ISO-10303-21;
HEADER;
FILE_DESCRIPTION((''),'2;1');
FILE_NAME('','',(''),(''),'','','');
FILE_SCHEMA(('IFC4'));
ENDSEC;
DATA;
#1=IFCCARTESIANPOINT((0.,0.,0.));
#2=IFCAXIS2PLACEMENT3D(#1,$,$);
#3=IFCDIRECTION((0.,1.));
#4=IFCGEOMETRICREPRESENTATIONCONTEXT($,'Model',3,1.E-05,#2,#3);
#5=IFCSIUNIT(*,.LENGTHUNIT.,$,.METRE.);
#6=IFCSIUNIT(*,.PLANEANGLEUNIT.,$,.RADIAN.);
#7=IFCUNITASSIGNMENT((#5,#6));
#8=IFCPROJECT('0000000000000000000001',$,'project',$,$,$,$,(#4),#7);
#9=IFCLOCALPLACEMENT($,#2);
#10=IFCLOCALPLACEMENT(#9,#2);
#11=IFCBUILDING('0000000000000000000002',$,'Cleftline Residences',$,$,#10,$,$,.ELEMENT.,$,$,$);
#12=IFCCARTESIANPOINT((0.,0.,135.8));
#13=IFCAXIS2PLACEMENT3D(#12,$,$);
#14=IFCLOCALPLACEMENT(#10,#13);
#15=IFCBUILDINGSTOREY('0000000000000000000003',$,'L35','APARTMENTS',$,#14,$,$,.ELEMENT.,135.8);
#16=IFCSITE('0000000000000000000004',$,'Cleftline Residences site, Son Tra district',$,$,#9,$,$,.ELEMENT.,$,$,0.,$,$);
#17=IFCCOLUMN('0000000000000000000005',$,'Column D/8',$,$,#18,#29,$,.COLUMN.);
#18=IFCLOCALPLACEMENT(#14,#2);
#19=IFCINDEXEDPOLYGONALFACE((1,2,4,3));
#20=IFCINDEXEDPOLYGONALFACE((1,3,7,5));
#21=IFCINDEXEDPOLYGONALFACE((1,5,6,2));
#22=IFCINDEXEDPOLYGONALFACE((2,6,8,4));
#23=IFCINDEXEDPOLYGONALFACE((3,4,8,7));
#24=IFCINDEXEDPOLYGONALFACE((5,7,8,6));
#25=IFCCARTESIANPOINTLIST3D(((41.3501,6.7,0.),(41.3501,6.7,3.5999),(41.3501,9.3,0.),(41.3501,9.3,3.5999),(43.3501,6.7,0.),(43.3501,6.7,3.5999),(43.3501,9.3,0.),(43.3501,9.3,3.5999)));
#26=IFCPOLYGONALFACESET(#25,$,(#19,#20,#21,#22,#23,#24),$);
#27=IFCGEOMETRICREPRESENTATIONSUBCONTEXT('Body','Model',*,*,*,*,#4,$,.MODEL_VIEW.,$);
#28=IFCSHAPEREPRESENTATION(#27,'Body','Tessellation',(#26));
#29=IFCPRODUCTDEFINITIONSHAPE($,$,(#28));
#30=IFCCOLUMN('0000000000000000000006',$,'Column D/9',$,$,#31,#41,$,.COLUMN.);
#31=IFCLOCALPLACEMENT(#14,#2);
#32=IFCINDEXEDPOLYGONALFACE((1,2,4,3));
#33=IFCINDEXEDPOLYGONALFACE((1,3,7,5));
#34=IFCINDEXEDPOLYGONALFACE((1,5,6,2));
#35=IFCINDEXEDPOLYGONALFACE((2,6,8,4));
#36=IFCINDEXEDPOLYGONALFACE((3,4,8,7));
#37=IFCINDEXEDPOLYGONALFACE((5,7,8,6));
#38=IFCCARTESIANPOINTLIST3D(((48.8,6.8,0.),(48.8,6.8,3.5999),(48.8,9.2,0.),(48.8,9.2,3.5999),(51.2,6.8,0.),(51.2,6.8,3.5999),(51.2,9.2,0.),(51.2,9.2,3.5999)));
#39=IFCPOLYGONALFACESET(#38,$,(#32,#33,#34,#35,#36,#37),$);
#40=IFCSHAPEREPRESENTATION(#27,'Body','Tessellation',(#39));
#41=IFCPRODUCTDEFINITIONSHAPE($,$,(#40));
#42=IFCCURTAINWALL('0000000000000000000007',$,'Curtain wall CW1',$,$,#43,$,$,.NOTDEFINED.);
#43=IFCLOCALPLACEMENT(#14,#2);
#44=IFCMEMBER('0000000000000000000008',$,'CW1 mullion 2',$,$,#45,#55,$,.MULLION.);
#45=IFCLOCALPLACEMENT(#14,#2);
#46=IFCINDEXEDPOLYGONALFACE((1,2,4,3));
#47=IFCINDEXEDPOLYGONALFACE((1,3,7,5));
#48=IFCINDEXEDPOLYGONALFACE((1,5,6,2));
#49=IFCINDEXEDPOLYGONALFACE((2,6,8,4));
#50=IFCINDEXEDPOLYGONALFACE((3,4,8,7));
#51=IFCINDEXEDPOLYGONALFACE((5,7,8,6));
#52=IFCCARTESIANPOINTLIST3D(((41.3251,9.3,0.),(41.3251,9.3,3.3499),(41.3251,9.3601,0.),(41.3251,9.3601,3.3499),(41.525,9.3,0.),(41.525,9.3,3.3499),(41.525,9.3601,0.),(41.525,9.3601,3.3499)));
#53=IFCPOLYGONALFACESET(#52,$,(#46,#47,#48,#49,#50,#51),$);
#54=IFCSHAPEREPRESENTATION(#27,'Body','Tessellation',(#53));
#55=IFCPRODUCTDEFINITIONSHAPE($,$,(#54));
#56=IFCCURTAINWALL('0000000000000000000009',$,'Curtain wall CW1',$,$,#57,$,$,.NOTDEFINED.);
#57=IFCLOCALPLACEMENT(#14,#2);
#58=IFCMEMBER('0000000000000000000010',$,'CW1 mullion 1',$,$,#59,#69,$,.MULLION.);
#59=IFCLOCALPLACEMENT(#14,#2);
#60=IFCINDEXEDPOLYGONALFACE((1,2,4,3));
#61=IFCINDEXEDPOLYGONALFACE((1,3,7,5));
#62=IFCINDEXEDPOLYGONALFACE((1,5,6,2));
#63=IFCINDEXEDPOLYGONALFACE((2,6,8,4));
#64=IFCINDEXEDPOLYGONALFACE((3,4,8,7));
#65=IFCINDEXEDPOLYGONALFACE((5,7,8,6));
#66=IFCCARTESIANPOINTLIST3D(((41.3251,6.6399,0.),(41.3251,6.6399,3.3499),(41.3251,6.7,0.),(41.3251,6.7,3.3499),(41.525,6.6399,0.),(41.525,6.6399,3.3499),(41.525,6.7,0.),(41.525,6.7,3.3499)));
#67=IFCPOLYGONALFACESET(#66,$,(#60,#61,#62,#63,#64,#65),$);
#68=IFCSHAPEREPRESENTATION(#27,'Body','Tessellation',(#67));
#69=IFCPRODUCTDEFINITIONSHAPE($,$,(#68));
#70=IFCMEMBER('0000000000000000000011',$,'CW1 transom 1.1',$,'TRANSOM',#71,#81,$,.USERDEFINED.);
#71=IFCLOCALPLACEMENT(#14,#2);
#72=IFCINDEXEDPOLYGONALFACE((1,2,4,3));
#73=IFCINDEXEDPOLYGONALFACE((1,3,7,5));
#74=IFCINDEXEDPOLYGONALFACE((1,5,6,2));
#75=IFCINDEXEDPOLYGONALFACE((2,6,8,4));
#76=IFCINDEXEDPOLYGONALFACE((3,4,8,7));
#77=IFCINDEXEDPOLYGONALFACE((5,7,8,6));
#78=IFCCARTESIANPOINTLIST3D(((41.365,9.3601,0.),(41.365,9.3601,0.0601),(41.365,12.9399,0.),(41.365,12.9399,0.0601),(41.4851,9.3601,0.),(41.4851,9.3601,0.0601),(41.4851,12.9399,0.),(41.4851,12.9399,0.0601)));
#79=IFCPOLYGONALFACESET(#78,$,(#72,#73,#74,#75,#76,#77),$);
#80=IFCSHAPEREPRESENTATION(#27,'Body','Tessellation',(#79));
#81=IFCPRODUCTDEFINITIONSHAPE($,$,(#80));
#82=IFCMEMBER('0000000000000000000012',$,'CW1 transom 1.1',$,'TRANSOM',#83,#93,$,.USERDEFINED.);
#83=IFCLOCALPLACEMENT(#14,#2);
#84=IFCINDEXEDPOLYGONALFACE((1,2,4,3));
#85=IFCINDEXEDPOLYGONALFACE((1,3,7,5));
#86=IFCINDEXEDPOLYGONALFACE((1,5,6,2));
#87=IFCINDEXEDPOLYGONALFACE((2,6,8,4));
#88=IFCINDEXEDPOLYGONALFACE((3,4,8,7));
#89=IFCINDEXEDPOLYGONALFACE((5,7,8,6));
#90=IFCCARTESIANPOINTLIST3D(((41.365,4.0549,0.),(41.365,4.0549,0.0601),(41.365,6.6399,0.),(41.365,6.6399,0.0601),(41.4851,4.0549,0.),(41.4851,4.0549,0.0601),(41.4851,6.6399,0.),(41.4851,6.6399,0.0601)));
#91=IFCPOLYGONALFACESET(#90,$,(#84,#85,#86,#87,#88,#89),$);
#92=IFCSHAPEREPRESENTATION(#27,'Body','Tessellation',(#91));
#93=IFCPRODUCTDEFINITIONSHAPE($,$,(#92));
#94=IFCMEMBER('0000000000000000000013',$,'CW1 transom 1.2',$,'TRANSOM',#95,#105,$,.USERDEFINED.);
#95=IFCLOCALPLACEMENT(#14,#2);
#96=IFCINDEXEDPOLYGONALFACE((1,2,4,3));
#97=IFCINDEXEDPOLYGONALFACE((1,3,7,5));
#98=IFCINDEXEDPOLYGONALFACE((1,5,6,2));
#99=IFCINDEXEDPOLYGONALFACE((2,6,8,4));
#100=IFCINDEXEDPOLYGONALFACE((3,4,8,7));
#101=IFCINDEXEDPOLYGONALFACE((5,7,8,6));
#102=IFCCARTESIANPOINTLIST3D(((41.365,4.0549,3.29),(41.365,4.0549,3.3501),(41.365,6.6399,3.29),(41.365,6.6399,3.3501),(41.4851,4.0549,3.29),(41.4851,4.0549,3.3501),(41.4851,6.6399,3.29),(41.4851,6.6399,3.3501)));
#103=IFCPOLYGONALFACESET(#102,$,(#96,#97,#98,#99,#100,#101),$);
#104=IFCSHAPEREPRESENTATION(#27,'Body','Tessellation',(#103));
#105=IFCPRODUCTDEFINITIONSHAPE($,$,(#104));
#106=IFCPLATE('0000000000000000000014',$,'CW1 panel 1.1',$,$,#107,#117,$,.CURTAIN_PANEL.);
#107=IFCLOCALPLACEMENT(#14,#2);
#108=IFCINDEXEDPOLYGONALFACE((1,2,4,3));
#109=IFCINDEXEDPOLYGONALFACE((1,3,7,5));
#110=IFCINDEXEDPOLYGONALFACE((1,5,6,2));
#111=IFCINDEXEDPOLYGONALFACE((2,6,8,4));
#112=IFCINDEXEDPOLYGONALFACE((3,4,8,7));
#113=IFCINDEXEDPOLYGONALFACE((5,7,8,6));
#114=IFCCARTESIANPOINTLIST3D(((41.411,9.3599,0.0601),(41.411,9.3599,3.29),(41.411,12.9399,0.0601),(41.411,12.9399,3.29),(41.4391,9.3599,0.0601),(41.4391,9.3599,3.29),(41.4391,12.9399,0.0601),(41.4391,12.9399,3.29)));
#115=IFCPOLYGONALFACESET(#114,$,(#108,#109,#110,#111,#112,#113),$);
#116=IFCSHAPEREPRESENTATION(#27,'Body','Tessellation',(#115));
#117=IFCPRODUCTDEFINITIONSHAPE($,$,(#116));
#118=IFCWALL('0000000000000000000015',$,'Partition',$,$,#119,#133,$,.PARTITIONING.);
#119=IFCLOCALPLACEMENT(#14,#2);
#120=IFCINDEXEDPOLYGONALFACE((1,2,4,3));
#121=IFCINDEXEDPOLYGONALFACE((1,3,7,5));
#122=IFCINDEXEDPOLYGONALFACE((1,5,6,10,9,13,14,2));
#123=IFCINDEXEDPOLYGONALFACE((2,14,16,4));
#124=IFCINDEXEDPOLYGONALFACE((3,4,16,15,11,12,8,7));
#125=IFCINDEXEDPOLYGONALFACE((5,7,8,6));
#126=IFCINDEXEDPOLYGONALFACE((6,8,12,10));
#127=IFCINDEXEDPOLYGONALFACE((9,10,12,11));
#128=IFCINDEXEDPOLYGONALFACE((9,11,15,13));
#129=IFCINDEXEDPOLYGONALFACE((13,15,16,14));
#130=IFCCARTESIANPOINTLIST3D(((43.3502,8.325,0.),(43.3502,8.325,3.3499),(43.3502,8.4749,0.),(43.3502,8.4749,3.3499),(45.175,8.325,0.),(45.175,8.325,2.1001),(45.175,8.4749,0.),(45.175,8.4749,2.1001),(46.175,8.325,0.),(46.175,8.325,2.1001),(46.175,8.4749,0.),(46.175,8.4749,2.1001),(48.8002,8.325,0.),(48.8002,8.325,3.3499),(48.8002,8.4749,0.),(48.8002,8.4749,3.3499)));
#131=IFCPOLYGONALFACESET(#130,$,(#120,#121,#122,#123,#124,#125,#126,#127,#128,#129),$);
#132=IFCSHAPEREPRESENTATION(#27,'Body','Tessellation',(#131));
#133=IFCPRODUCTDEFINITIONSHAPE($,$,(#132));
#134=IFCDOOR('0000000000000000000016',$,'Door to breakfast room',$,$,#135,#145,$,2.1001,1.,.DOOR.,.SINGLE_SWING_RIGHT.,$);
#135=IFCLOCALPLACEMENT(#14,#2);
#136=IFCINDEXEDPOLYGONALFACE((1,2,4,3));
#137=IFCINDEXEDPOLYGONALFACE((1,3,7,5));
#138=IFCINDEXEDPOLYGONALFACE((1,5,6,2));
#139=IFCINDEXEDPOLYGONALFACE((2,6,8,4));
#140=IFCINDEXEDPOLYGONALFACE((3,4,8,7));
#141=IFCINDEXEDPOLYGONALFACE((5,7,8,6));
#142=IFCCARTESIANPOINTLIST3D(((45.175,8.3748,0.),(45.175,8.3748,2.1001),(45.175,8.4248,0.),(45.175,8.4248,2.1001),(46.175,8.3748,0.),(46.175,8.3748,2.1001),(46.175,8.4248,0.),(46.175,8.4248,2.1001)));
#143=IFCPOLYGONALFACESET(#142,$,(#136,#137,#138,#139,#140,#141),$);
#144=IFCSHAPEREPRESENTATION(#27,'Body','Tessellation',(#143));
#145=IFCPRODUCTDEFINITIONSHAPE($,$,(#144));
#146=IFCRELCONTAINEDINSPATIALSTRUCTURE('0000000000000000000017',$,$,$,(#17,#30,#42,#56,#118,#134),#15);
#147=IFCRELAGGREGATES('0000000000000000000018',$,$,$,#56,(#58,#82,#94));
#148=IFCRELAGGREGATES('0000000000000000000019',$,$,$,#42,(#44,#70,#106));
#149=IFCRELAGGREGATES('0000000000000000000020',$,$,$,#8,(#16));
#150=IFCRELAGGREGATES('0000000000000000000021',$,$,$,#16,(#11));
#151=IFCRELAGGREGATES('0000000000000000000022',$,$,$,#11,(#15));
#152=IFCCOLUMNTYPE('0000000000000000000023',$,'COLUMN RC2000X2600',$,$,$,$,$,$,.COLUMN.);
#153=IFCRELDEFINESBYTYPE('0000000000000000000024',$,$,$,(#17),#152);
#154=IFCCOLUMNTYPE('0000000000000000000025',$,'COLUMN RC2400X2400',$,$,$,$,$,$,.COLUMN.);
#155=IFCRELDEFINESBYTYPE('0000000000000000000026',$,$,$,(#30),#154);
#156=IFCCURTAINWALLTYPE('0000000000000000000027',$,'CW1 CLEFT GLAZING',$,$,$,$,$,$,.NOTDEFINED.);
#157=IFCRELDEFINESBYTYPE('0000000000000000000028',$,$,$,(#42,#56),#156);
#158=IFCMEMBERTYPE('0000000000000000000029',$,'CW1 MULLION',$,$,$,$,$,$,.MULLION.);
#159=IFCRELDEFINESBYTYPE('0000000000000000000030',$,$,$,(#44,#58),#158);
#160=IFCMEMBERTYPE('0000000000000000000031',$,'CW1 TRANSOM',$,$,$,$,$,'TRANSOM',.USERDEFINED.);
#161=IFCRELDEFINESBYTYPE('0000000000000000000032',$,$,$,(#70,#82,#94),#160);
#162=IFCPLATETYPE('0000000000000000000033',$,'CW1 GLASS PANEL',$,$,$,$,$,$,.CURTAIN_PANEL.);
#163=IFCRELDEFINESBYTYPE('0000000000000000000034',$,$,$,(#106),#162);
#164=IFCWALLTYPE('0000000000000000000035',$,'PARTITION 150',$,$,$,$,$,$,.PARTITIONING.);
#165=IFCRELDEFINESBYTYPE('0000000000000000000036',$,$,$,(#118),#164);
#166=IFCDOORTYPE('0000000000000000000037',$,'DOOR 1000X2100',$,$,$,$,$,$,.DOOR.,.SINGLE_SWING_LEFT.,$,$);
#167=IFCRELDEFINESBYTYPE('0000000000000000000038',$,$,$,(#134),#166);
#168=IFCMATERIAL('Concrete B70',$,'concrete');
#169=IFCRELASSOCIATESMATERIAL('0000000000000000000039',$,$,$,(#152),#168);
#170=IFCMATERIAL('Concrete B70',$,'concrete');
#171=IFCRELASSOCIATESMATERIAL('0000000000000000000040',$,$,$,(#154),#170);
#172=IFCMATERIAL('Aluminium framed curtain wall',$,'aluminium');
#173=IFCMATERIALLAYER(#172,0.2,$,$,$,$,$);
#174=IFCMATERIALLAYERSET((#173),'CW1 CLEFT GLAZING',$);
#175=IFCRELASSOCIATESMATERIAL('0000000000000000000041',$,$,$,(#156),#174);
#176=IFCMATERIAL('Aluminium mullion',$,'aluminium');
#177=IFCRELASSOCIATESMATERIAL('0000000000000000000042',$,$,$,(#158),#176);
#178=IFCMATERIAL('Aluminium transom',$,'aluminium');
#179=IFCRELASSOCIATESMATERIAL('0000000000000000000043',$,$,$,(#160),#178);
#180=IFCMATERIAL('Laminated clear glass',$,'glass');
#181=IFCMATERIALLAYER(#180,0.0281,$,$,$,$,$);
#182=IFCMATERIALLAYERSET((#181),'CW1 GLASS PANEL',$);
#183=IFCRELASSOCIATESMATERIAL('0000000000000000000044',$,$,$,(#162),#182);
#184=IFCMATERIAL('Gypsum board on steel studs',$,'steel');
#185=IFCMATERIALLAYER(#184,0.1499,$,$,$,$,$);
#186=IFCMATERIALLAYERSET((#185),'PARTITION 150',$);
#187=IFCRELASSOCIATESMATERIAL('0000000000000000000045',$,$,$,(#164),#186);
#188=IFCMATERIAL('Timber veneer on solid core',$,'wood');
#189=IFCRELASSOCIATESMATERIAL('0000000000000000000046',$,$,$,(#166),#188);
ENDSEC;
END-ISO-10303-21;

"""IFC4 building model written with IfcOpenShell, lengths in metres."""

from ifc_helpers import new_model, si_unit, direction, frame, frame_2d, origin, origin_2d, place, context, subcontext, project, spatial, rectangle, extrude, material, layer, layer_set, material_profile, profile_set, type_object, element, fill, aggregate, save


model = new_model("IFC4")

# Units and contexts
model_context = context("Model", 3, precision=1e-05, world=origin(), true_north=direction((0.0, 1.0)))
body_context = subcontext(model_context, "Body", "Model", "MODEL_VIEW")
ifc_project = project(units=[si_unit("LENGTHUNIT", "METRE"), si_unit("PLANEANGLEUNIT", "RADIAN")], contexts=[model_context])

# Site, building, storey
site_placement = place(None, origin())
site = spatial("IfcSite", under=ifc_project, at=site_placement, Name="Cleftline Residences site, Son Tra district", CompositionType="ELEMENT", RefElevation=0.0)
building_placement = place(site_placement, origin())
building = spatial("IfcBuilding", under=site, at=building_placement, Name="Cleftline Residences", CompositionType="ELEMENT")
storey_placement = place(building_placement, frame((0.0, 0.0, 135.8)))
storey = spatial("IfcBuildingStorey", under=building, at=storey_placement, Name="L35", Description="APARTMENTS", CompositionType="ELEMENT", Elevation=135.8)

# Columns
ifc_material_1 = material(Name="Concrete B70", Category="concrete")
ifc_material_profile_1 = material_profile(ifc_material_1, rectangle(XDim=2.0, YDim=2.6001, at=origin_2d()))
ifc_profile_set_1 = profile_set([ifc_material_profile_1], Name="Concrete B70")
column_type_1 = type_object("IfcColumnType", Name="COLUMN RC2000X2600", PredefinedType="COLUMN", material=ifc_profile_set_1)
column_1_placement = place(storey_placement, frame((42.3501, 8.0, 0.0), z_axis=(0.0, 0.0, 1.0), x_axis=(1.0, 0.0, 0.0)))
element("IfcColumn", 1, at=column_1_placement, inside=storey, type_object=column_type_1, Name="Column D/8", PredefinedType="COLUMN", context=body_context, shape_type="SweptSolid", body=[
    extrude(rectangle(XDim=2.0, YDim=2.6001, at=origin_2d()), origin(), (0.0, 0.0, 1.0), 3.5999),
])
ifc_material_2 = material(Name="Concrete B70", Category="concrete")
ifc_material_profile_2 = material_profile(ifc_material_2, rectangle(XDim=2.3999, YDim=2.3999, at=origin_2d()))
ifc_profile_set_2 = profile_set([ifc_material_profile_2], Name="Concrete B70")
column_type_2 = type_object("IfcColumnType", Name="COLUMN RC2400X2400", PredefinedType="COLUMN", material=ifc_profile_set_2)
column_2_placement = place(storey_placement, frame((50.0, 8.0, 0.0), z_axis=(0.0, 0.0, 1.0), x_axis=(1.0, 0.0, 0.0)))
element("IfcColumn", 2, at=column_2_placement, inside=storey, type_object=column_type_2, Name="Column D/9", PredefinedType="COLUMN", context=body_context, shape_type="SweptSolid", body=[
    extrude(rectangle(XDim=2.3999, YDim=2.3999, at=origin_2d()), origin(), (0.0, 0.0, 1.0), 3.5999),
])

# Curtain walls, members
ifc_material_3 = material(Name="Aluminium framed curtain wall", Category="aluminium")
ifc_layer_1 = layer(ifc_material_3, 0.2)
ifc_layer_set_1 = layer_set([ifc_layer_1], Name="CW1 CLEFT GLAZING")
curtain_wall_type = type_object("IfcCurtainWallType", Name="CW1 CLEFT GLAZING", PredefinedType="NOTDEFINED", material=ifc_layer_set_1)
curtain_wall_1_placement = place(storey_placement, origin())
curtain_wall_1 = element("IfcCurtainWall", 3, at=curtain_wall_1_placement, inside=storey, type_object=curtain_wall_type, Name="Curtain wall CW1", PredefinedType="NOTDEFINED")
ifc_material_4 = material(Name="Aluminium mullion", Category="aluminium")
ifc_material_profile_3 = material_profile(ifc_material_4, rectangle(XDim=0.2, YDim=0.0601, at=origin_2d()))
ifc_profile_set_3 = profile_set([ifc_material_profile_3], Name="Aluminium mullion")
member_type_1 = type_object("IfcMemberType", Name="CW1 MULLION", PredefinedType="MULLION", material=ifc_profile_set_3)
member_1_placement = place(storey_placement, frame((41.425, 9.3301, 0.0), z_axis=(0.0, 0.0, 1.0), x_axis=(1.0, 0.0, 0.0)))
member_1 = element("IfcMember", 4, at=member_1_placement, type_object=member_type_1, Name="CW1 mullion 2", PredefinedType="MULLION", context=body_context, shape_type="SweptSolid", body=[
    extrude(rectangle(XDim=0.2, YDim=0.0601, at=origin_2d()), origin(), (0.0, 0.0, 1.0), 3.3499),
])
curtain_wall_2_placement = place(storey_placement, origin())
curtain_wall_2 = element("IfcCurtainWall", 5, at=curtain_wall_2_placement, inside=storey, type_object=curtain_wall_type, Name="Curtain wall CW1", PredefinedType="NOTDEFINED")
member_2_placement = place(storey_placement, frame((41.425, 6.6699, 0.0), z_axis=(0.0, 0.0, 1.0), x_axis=(1.0, 0.0, 0.0)))
member_2 = element("IfcMember", 6, at=member_2_placement, type_object=member_type_1, Name="CW1 mullion 1", PredefinedType="MULLION", context=body_context, shape_type="SweptSolid", body=[
    extrude(rectangle(XDim=0.2, YDim=0.0601, at=origin_2d()), origin(), (0.0, 0.0, 1.0), 3.3499),
])

# Members
ifc_material_5 = material(Name="Aluminium transom", Category="aluminium")
ifc_material_profile_4 = material_profile(ifc_material_5, rectangle(XDim=0.1201, YDim=0.0601, at=origin_2d()))
ifc_profile_set_4 = profile_set([ifc_material_profile_4], Name="Aluminium transom")
member_type_2 = type_object("IfcMemberType", Name="CW1 TRANSOM", ElementType="TRANSOM", PredefinedType="USERDEFINED", material=ifc_profile_set_4)
member_3_placement = place(storey_placement, frame((41.425, 12.9399, 0.03), z_axis=(0.0, -1.0, 0.0), x_axis=(1.0, 0.0, 0.0)))
member_3 = element("IfcMember", 7, at=member_3_placement, type_object=member_type_2, Name="CW1 transom 1.1", ObjectType="TRANSOM", PredefinedType="USERDEFINED", context=body_context, shape_type="SweptSolid", body=[
    extrude(rectangle(XDim=0.1201, YDim=0.0601, at=origin_2d()), origin(), (0.0, 0.0, 1.0), 3.5798),
])
member_4_placement = place(storey_placement, frame((41.425, 6.6399, 0.03), z_axis=(0.0, -1.0, 0.0), x_axis=(1.0, 0.0, 0.0)))
member_4 = element("IfcMember", 8, at=member_4_placement, type_object=member_type_2, Name="CW1 transom 1.1", ObjectType="TRANSOM", PredefinedType="USERDEFINED", context=body_context, shape_type="SweptSolid", body=[
    extrude(rectangle(XDim=0.1201, YDim=0.0601, at=origin_2d()), origin(), (0.0, 0.0, 1.0), 2.585),
])
member_5_placement = place(storey_placement, frame((41.425, 6.6399, 3.3201), z_axis=(0.0, -1.0, 0.0), x_axis=(1.0, 0.0, 0.0)))
member_5 = element("IfcMember", 9, at=member_5_placement, type_object=member_type_2, Name="CW1 transom 1.2", ObjectType="TRANSOM", PredefinedType="USERDEFINED", context=body_context, shape_type="SweptSolid", body=[
    extrude(rectangle(XDim=0.1201, YDim=0.0601, at=origin_2d()), origin(), (0.0, 0.0, 1.0), 2.585),
])
aggregate(curtain_wall_2, [member_2, member_4, member_5])

# Plate
ifc_material_6 = material(Name="Laminated clear glass", Category="glass")
ifc_layer_2 = layer(ifc_material_6, 0.0281)
ifc_layer_set_2 = layer_set([ifc_layer_2], Name="CW1 GLASS PANEL")
plate_type = type_object("IfcPlateType", Name="CW1 GLASS PANEL", PredefinedType="CURTAIN_PANEL", material=ifc_layer_set_2)
plate_placement = place(storey_placement, frame((41.425, 11.1499, 0.0601), z_axis=(0.0, 0.0, 1.0), x_axis=(0.0, -1.0, 0.0)))
plate = element("IfcPlate", 10, at=plate_placement, type_object=plate_type, Name="CW1 panel 1.1", PredefinedType="CURTAIN_PANEL", context=body_context, shape_type="SweptSolid", body=[
    extrude(rectangle(XDim=3.5801, YDim=0.0281, at=origin_2d()), origin(), (0.0, 0.0, 1.0), 3.23),
])
aggregate(curtain_wall_1, [member_1, member_3, plate])

# Wall, opening, door
ifc_material_7 = material(Name="Gypsum board on steel studs", Category="steel")
ifc_layer_3 = layer(ifc_material_7, 0.1499)
ifc_layer_set_3 = layer_set([ifc_layer_3], Name="PARTITION 150")
wall_type = type_object("IfcWallType", Name="PARTITION 150", PredefinedType="PARTITIONING", material=ifc_layer_set_3)
wall_1_placement = place(storey_placement, frame((43.3501, 8.3999, 0.0), z_axis=(0.0, 0.0, 1.0), x_axis=(1.0, 0.0, 0.0)))
wall_1 = element("IfcWall", 11, at=wall_1_placement, inside=storey, type_object=wall_type, Name="Partition", PredefinedType="PARTITIONING", context=body_context, shape_type="SweptSolid", body=[
    extrude(rectangle(XDim=5.45, YDim=0.1499, at=frame_2d((2.7251, 0.0))), origin(), (0.0, 0.0, 1.0), 3.3499),
])
opening_1_placement = place(wall_1_placement, frame((1.825, 0.0, 0.0)))
opening_1 = element("IfcOpeningElement", 12, at=opening_1_placement, cuts=wall_1, PredefinedType="OPENING", context=body_context, shape_type="SweptSolid", body=[
    extrude(rectangle(XDim=1.0, YDim=2.1001, at=frame_2d((0.5, 1.05))), frame((0.0, 0.085, 0.0), z_axis=(0.0, -1.0, 0.0), x_axis=(1.0, 0.0, 0.0)), (0.0, 0.0, 1.0), 0.1699),
])
ifc_material_8 = material(Name="Timber veneer on solid core", Category="wood")
door_type_1 = type_object("IfcDoorType", Name="DOOR 1000X2100", OperationType="SINGLE_SWING_LEFT", PredefinedType="DOOR", material=ifc_material_8)
door_1_placement = place(opening_1_placement, origin())
door_1 = element("IfcDoor", 13, at=door_1_placement, inside=storey, type_object=door_type_1, Name="Door to breakfast room", OperationType="SINGLE_SWING_RIGHT", OverallHeight=2.1001, OverallWidth=1.0, PredefinedType="DOOR", context=body_context, shape_type="SweptSolid", body=[
    extrude(rectangle(XDim=1.0, YDim=2.1001, at=frame_2d((0.5, 1.05))), frame((0.0, 0.0249, 0.0), z_axis=(0.0, -1.0, 0.0), x_axis=(1.0, 0.0, 0.0)), (0.0, 0.0, 1.0), 0.05),
])
fill(opening_1, door_1)

save(model, "model.ifc")
